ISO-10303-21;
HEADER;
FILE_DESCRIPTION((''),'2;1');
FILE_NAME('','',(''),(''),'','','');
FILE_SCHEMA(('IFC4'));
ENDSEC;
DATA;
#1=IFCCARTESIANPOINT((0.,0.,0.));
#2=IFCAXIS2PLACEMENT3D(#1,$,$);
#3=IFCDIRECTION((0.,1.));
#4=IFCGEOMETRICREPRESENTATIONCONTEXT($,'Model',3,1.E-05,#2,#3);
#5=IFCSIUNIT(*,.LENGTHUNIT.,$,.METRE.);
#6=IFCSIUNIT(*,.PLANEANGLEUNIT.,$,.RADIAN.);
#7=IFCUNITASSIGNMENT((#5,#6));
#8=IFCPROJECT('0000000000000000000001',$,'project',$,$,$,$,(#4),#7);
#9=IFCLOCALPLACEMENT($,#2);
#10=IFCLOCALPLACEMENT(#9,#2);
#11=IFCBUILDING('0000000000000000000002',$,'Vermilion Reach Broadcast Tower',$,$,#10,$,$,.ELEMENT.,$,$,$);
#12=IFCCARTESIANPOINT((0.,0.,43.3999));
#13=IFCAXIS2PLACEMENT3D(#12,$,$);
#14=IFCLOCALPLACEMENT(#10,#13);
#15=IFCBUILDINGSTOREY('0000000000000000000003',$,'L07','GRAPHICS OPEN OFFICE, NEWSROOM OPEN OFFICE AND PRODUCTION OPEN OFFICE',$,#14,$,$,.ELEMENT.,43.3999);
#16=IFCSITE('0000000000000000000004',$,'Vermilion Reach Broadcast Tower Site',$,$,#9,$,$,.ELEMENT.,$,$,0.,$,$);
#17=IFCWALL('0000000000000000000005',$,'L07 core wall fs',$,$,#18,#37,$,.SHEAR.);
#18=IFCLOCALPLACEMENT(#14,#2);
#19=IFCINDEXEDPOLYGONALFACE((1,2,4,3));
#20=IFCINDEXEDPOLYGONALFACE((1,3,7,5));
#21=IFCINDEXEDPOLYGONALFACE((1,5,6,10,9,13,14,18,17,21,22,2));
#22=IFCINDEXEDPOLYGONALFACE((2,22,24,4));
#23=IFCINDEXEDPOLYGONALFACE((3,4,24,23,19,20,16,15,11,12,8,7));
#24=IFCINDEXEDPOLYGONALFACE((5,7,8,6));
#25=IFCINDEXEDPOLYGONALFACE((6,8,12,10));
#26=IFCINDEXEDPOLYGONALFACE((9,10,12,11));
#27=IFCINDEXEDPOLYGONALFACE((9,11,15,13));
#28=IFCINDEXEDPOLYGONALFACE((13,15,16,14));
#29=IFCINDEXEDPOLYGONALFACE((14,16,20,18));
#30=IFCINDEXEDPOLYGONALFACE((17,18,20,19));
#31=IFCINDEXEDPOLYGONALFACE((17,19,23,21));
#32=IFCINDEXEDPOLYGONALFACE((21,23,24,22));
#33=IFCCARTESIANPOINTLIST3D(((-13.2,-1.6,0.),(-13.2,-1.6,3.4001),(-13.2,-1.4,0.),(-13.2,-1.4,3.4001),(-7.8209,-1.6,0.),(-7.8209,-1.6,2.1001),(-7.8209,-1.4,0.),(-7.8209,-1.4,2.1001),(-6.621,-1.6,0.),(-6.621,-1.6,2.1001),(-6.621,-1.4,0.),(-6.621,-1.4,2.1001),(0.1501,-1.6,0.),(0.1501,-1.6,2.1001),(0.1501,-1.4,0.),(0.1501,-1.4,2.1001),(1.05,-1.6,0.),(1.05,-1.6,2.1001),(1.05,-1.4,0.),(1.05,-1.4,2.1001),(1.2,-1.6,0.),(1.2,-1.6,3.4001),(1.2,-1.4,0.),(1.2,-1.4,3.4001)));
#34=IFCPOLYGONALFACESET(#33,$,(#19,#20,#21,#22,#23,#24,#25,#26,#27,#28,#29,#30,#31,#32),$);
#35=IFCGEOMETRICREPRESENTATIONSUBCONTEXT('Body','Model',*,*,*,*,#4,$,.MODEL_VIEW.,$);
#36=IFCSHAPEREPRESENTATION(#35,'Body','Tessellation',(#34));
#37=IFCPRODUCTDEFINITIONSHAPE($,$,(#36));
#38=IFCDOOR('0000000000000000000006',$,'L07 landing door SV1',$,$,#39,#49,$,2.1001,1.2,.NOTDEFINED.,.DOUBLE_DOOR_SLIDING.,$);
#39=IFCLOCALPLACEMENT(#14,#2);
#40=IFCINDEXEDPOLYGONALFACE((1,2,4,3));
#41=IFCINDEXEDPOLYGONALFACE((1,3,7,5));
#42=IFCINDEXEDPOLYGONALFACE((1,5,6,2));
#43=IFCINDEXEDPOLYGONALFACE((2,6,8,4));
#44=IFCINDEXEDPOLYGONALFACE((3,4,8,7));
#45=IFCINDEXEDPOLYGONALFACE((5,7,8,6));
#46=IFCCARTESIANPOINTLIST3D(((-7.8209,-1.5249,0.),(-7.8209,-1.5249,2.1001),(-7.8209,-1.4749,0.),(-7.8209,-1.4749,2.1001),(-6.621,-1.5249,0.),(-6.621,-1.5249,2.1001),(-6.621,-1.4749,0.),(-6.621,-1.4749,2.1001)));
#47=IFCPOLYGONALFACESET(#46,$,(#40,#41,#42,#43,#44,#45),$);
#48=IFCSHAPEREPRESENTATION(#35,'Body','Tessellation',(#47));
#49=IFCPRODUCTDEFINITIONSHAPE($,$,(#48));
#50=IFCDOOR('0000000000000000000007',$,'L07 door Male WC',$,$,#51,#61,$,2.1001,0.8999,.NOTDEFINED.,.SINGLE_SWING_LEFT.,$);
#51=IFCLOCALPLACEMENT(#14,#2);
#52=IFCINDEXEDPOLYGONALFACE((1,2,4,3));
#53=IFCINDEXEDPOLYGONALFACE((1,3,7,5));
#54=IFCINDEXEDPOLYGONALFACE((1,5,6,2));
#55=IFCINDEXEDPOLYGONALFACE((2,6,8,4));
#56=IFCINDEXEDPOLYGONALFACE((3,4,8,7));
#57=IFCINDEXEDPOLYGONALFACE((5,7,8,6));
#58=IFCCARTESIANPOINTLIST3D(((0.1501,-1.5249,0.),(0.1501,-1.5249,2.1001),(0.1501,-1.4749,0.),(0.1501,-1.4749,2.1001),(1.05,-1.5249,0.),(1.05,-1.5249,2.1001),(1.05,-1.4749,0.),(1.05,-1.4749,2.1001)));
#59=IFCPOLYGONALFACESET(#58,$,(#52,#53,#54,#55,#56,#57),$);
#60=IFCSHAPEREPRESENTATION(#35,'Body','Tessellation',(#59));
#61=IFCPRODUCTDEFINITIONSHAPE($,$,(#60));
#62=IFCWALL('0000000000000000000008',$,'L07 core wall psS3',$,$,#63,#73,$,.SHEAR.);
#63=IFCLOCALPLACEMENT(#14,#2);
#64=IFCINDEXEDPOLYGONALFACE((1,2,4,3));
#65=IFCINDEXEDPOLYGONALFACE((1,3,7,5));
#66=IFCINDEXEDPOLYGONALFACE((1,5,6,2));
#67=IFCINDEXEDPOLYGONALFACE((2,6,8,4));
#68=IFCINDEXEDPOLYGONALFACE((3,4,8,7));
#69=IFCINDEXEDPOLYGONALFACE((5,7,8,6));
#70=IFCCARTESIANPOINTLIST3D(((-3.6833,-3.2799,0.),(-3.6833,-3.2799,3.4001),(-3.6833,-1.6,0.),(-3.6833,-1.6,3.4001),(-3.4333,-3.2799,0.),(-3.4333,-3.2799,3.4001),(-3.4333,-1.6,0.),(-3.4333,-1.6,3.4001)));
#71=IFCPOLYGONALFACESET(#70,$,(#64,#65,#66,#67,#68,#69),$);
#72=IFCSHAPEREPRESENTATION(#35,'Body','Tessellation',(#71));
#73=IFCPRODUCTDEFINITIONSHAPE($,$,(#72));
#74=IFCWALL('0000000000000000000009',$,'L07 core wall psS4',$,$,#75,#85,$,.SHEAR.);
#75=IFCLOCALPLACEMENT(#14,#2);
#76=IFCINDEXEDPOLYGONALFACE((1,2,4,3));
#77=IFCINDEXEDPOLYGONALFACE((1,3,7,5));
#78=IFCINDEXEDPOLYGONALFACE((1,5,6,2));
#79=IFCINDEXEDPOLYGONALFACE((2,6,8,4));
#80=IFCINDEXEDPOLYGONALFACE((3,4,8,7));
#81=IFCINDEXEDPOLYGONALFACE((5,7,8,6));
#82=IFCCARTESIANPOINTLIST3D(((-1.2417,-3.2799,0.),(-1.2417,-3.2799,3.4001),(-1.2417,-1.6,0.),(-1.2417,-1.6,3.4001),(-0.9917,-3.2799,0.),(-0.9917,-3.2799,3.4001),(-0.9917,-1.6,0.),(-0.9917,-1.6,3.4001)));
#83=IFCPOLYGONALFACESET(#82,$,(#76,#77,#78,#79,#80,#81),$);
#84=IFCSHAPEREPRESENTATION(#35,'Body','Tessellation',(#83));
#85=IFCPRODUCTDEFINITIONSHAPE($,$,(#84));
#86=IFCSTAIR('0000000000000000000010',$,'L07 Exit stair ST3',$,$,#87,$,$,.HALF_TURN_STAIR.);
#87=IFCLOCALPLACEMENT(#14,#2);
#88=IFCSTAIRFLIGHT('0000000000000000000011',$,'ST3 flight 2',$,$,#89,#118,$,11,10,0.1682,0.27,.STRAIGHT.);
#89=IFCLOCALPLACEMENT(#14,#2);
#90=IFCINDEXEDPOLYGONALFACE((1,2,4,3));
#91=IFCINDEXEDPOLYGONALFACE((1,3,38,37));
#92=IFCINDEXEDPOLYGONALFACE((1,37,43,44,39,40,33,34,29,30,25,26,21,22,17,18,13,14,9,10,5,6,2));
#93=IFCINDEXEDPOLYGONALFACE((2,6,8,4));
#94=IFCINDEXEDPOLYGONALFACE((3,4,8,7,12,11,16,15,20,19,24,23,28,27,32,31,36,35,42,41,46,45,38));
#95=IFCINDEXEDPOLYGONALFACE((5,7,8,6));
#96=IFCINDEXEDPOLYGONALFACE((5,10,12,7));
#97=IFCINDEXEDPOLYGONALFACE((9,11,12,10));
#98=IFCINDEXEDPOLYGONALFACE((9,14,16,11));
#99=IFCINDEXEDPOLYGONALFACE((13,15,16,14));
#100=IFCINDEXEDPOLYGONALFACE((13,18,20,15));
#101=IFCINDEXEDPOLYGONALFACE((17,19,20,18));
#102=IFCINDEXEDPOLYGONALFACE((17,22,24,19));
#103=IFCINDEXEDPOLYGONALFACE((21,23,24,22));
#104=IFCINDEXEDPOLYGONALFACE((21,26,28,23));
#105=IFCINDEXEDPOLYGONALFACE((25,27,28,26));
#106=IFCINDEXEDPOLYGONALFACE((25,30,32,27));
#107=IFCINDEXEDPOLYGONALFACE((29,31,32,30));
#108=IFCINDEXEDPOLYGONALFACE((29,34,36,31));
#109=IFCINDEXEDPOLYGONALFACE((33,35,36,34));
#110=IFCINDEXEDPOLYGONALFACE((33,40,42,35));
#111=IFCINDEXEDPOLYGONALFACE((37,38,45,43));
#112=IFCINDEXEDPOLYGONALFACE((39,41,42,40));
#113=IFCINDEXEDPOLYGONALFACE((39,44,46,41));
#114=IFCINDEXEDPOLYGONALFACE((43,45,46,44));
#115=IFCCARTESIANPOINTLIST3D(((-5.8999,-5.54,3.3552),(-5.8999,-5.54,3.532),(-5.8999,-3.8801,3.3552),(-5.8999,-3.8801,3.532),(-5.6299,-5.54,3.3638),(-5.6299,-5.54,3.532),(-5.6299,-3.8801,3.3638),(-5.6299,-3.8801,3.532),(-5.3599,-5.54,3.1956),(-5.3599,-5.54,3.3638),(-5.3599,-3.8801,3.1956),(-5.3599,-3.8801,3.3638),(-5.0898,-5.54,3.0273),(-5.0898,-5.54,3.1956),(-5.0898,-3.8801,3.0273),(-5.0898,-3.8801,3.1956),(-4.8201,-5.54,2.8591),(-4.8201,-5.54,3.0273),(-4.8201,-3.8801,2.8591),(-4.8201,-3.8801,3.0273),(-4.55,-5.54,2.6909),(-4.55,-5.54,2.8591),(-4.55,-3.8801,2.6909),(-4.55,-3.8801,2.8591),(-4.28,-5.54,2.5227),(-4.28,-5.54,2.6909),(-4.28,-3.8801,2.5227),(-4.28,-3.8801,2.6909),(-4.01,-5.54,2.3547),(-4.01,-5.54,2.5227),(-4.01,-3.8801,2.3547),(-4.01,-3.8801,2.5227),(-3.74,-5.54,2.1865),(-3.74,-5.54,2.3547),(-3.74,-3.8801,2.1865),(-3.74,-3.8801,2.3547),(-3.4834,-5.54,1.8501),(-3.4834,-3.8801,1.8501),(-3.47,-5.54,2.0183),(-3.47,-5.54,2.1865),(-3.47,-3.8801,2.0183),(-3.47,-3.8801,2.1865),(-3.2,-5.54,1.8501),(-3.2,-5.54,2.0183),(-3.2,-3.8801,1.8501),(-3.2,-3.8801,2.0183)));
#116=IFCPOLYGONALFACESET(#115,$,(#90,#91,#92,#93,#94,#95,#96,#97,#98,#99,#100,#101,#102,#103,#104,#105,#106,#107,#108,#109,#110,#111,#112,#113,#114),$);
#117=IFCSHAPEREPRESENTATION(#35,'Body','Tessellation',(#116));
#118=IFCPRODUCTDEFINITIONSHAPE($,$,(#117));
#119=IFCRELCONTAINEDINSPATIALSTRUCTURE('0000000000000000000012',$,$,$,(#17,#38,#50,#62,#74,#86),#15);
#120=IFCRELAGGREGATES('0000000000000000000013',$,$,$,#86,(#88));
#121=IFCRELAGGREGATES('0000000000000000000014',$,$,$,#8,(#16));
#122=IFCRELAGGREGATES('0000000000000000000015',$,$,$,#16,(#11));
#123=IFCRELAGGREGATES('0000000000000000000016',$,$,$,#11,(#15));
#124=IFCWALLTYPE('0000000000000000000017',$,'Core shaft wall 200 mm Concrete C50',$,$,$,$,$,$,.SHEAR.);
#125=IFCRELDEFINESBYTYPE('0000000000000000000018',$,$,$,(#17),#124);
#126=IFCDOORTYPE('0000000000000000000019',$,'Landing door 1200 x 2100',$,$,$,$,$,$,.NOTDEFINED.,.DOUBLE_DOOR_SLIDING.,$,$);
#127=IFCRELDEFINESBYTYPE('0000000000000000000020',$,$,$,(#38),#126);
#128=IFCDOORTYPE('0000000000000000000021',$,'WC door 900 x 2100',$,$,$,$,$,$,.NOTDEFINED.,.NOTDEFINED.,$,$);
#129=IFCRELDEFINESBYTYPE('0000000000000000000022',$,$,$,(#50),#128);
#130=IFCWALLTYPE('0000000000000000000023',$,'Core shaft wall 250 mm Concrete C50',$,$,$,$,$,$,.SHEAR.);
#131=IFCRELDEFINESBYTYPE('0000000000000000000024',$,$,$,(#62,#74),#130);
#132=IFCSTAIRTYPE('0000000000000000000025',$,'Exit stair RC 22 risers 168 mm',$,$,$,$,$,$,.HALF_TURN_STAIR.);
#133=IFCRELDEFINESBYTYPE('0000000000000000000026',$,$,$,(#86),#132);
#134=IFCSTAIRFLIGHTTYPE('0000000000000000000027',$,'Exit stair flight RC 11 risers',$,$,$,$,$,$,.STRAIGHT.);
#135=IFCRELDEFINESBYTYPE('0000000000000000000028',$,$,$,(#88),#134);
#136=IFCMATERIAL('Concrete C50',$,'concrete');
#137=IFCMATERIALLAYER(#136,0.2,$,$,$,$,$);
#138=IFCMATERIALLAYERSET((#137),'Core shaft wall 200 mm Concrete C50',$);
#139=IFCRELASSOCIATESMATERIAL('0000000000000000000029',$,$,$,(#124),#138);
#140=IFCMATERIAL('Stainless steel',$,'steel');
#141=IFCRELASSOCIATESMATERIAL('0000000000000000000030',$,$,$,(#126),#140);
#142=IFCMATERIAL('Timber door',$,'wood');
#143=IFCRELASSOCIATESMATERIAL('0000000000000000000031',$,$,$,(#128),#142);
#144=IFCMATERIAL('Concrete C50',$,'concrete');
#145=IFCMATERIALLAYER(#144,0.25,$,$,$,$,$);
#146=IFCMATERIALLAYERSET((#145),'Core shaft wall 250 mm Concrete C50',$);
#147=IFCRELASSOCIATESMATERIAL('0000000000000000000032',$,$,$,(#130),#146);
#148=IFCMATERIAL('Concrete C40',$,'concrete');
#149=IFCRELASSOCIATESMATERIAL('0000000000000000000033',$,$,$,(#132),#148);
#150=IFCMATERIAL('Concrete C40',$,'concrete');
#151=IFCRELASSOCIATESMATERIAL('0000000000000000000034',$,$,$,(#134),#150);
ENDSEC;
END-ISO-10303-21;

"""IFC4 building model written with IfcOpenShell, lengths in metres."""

from ifc_helpers import new_model, si_unit, direction, frame, frame_2d, origin, place, context, subcontext, project, spatial, polyline, rectangle, outline, extrude, material, layer, layer_set, type_object, element, fill, aggregate, save


model = new_model("IFC4")

# Units and contexts
model_context = context("Model", 3, precision=1e-05, world=origin(), true_north=direction((0.0, 1.0)))
body_context = subcontext(model_context, "Body", "Model", "MODEL_VIEW")
ifc_project = project(units=[si_unit("LENGTHUNIT", "METRE"), si_unit("PLANEANGLEUNIT", "RADIAN")], contexts=[model_context])

# Site, building, storey
site_placement = place(None, origin())
site = spatial("IfcSite", under=ifc_project, at=site_placement, Name="Vermilion Reach Broadcast Tower Site", CompositionType="ELEMENT", RefElevation=0.0)
building_placement = place(site_placement, origin())
building = spatial("IfcBuilding", under=site, at=building_placement, Name="Vermilion Reach Broadcast Tower", CompositionType="ELEMENT")
storey_placement = place(building_placement, frame((0.0, 0.0, 43.3999)))
storey = spatial("IfcBuildingStorey", under=building, at=storey_placement, Name="L07", Description="GRAPHICS OPEN OFFICE, NEWSROOM OPEN OFFICE AND PRODUCTION OPEN OFFICE", CompositionType="ELEMENT", Elevation=43.3999)

# Wall, openings, doors
ifc_material_1 = material(Name="Concrete C50", Category="concrete")
ifc_layer_1 = layer(ifc_material_1, 0.2)
ifc_layer_set_1 = layer_set([ifc_layer_1], Name="Core shaft wall 200 mm Concrete C50")
wall_type_1 = type_object("IfcWallType", Name="Core shaft wall 200 mm Concrete C50", PredefinedType="SHEAR", material=ifc_layer_set_1)
wall_1_placement = place(storey_placement, frame((1.2, -1.5, 0.0), z_axis=(0.0, 0.0, 1.0), x_axis=(-1.0, 0.0, 0.0)))
wall_1 = element("IfcWall", 1, at=wall_1_placement, inside=storey, type_object=wall_type_1, Name="L07 core wall fs", PredefinedType="SHEAR", context=body_context, shape_type="SweptSolid", body=[
    extrude(rectangle(XDim=14.3999, YDim=0.2, at=frame_2d((7.2, 0.0))), origin(), (0.0, 0.0, 1.0), 3.4001),
])
opening_1_placement = place(wall_1_placement, frame((7.8208, 0.0, 0.0)))
opening_1 = element("IfcOpeningElement", 2, at=opening_1_placement, cuts=wall_1, PredefinedType="OPENING", context=body_context, shape_type="SweptSolid", body=[
    extrude(rectangle(XDim=1.2, YDim=2.1001, at=frame_2d((0.6001, 1.05))), frame((0.0, 0.1099, 0.0), z_axis=(0.0, -1.0, 0.0), x_axis=(1.0, 0.0, 0.0)), (0.0, 0.0, 1.0), 0.22),
])
opening_2_placement = place(wall_1_placement, frame((0.1499, 0.0, 0.0)))
opening_2 = element("IfcOpeningElement", 3, at=opening_2_placement, cuts=wall_1, PredefinedType="OPENING", context=body_context, shape_type="SweptSolid", body=[
    extrude(rectangle(XDim=0.8999, YDim=2.1001, at=frame_2d((0.45, 1.05))), frame((0.0, 0.1099, 0.0), z_axis=(0.0, -1.0, 0.0), x_axis=(1.0, 0.0, 0.0)), (0.0, 0.0, 1.0), 0.22),
])
ifc_material_2 = material(Name="Stainless steel", Category="steel")
door_type_1 = type_object("IfcDoorType", Name="Landing door 1200 x 2100", OperationType="DOUBLE_DOOR_SLIDING", PredefinedType="NOTDEFINED", material=ifc_material_2)
door_1_placement = place(opening_1_placement, origin())
door_1 = element("IfcDoor", 4, at=door_1_placement, inside=storey, type_object=door_type_1, Name="L07 landing door SV1", OperationType="DOUBLE_DOOR_SLIDING", OverallHeight=2.1001, OverallWidth=1.2, PredefinedType="NOTDEFINED", context=body_context, shape_type="SweptSolid", body=[
    extrude(rectangle(XDim=1.2, YDim=2.1001, at=frame_2d((0.6001, 1.05))), frame((0.0, 0.0249, 0.0), z_axis=(0.0, -1.0, 0.0), x_axis=(1.0, 0.0, 0.0)), (0.0, 0.0, 1.0), 0.05),
])
fill(opening_1, door_1)
ifc_material_3 = material(Name="Timber door", Category="wood")
door_type_2 = type_object("IfcDoorType", Name="WC door 900 x 2100", OperationType="NOTDEFINED", PredefinedType="NOTDEFINED", material=ifc_material_3)
door_2_placement = place(opening_2_placement, origin())
door_2 = element("IfcDoor", 5, at=door_2_placement, inside=storey, type_object=door_type_2, Name="L07 door Male WC", OperationType="SINGLE_SWING_LEFT", OverallHeight=2.1001, OverallWidth=0.8999, PredefinedType="NOTDEFINED", context=body_context, shape_type="SweptSolid", body=[
    extrude(rectangle(XDim=0.8999, YDim=2.1001, at=frame_2d((0.45, 1.05))), frame((0.0, 0.0249, 0.0), z_axis=(0.0, -1.0, 0.0), x_axis=(1.0, 0.0, 0.0)), (0.0, 0.0, 1.0), 0.05),
])
fill(opening_2, door_2)

# Walls
ifc_material_4 = material(Name="Concrete C50", Category="concrete")
ifc_layer_2 = layer(ifc_material_4, 0.25)
ifc_layer_set_2 = layer_set([ifc_layer_2], Name="Core shaft wall 250 mm Concrete C50")
wall_type_2 = type_object("IfcWallType", Name="Core shaft wall 250 mm Concrete C50", PredefinedType="SHEAR", material=ifc_layer_set_2)
for number, where, z_axis, x_axis, name in (
    (6, (-3.5583, -1.6001, 0.0), (0.0, 0.0, 1.0), (0.0, -1.0, 0.0), "L07 core wall psS3"),
    (7, (-1.1167, -1.6001, 0.0), (0.0, 0.0, 1.0), (0.0, -1.0, 0.0), "L07 core wall psS4"),
):
    element("IfcWall", number, at=place(storey_placement, frame(where, z_axis=z_axis, x_axis=x_axis)), inside=storey, type_object=wall_type_2, Name=name, PredefinedType="SHEAR", context=body_context, shape_type="SweptSolid", body=[
        extrude(rectangle(XDim=1.6799, YDim=0.25, at=frame_2d((0.8398, 0.0))), origin(), (0.0, 0.0, 1.0), 3.4001),
    ])

# Stair, stair flight
ifc_material_5 = material(Name="Concrete C40", Category="concrete")
stair_type = type_object("IfcStairType", Name="Exit stair RC 22 risers 168 mm", PredefinedType="HALF_TURN_STAIR", material=ifc_material_5)
placement_1 = place(storey_placement, origin())
stair = element("IfcStair", 8, at=placement_1, inside=storey, type_object=stair_type, Name="L07 Exit stair ST3", PredefinedType="HALF_TURN_STAIR")
ifc_material_6 = material(Name="Concrete C40", Category="concrete")
stair_flight_type = type_object("IfcStairFlightType", Name="Exit stair flight RC 11 risers", PredefinedType="STRAIGHT", material=ifc_material_6)
stair_flight_placement = place(storey_placement, frame((-3.2, -4.71, 1.8501), z_axis=(0.0, 0.0, 1.0), x_axis=(-1.0, 0.0, 0.0)))
stair_flight = element("IfcStairFlight", 9, at=stair_flight_placement, type_object=stair_flight_type, Name="ST3 flight 2", NumberOfRisers=11, NumberOfTreads=10, PredefinedType="STRAIGHT", RiserHeight=0.1682, TreadLength=0.27, context=body_context, shape_type="SweptSolid", body=[
    extrude(outline(polyline([(0.0, 0.0), (0.0, 0.1682), (0.27, 0.1682), (0.27, 0.3364), (0.54, 0.3364), (0.54, 0.5046), (0.8101, 0.5046), (0.8101, 0.6726), (1.0801, 0.6726), (1.0801, 0.8408), (1.3501, 0.8408), (1.3501, 1.009), (1.6201, 1.009), (1.6201, 1.1772), (1.8899, 1.1772), (1.8899, 1.3455), (2.1599, 1.3455), (2.1599, 1.5137), (2.4299, 1.5137), (2.4299, 1.6819), (2.7, 1.6819), (2.7, 1.8501), (2.7, 1.5051), (0.2834, 0.0), (0.0, 0.0)])), frame((0.0, 0.8301, 0.0), z_axis=(0.0, -1.0, 0.0), x_axis=(1.0, 0.0, 0.0)), (0.0, 0.0, 1.0), 1.6599),
])
aggregate(stair, [stair_flight])

save(model, "model.ifc")
